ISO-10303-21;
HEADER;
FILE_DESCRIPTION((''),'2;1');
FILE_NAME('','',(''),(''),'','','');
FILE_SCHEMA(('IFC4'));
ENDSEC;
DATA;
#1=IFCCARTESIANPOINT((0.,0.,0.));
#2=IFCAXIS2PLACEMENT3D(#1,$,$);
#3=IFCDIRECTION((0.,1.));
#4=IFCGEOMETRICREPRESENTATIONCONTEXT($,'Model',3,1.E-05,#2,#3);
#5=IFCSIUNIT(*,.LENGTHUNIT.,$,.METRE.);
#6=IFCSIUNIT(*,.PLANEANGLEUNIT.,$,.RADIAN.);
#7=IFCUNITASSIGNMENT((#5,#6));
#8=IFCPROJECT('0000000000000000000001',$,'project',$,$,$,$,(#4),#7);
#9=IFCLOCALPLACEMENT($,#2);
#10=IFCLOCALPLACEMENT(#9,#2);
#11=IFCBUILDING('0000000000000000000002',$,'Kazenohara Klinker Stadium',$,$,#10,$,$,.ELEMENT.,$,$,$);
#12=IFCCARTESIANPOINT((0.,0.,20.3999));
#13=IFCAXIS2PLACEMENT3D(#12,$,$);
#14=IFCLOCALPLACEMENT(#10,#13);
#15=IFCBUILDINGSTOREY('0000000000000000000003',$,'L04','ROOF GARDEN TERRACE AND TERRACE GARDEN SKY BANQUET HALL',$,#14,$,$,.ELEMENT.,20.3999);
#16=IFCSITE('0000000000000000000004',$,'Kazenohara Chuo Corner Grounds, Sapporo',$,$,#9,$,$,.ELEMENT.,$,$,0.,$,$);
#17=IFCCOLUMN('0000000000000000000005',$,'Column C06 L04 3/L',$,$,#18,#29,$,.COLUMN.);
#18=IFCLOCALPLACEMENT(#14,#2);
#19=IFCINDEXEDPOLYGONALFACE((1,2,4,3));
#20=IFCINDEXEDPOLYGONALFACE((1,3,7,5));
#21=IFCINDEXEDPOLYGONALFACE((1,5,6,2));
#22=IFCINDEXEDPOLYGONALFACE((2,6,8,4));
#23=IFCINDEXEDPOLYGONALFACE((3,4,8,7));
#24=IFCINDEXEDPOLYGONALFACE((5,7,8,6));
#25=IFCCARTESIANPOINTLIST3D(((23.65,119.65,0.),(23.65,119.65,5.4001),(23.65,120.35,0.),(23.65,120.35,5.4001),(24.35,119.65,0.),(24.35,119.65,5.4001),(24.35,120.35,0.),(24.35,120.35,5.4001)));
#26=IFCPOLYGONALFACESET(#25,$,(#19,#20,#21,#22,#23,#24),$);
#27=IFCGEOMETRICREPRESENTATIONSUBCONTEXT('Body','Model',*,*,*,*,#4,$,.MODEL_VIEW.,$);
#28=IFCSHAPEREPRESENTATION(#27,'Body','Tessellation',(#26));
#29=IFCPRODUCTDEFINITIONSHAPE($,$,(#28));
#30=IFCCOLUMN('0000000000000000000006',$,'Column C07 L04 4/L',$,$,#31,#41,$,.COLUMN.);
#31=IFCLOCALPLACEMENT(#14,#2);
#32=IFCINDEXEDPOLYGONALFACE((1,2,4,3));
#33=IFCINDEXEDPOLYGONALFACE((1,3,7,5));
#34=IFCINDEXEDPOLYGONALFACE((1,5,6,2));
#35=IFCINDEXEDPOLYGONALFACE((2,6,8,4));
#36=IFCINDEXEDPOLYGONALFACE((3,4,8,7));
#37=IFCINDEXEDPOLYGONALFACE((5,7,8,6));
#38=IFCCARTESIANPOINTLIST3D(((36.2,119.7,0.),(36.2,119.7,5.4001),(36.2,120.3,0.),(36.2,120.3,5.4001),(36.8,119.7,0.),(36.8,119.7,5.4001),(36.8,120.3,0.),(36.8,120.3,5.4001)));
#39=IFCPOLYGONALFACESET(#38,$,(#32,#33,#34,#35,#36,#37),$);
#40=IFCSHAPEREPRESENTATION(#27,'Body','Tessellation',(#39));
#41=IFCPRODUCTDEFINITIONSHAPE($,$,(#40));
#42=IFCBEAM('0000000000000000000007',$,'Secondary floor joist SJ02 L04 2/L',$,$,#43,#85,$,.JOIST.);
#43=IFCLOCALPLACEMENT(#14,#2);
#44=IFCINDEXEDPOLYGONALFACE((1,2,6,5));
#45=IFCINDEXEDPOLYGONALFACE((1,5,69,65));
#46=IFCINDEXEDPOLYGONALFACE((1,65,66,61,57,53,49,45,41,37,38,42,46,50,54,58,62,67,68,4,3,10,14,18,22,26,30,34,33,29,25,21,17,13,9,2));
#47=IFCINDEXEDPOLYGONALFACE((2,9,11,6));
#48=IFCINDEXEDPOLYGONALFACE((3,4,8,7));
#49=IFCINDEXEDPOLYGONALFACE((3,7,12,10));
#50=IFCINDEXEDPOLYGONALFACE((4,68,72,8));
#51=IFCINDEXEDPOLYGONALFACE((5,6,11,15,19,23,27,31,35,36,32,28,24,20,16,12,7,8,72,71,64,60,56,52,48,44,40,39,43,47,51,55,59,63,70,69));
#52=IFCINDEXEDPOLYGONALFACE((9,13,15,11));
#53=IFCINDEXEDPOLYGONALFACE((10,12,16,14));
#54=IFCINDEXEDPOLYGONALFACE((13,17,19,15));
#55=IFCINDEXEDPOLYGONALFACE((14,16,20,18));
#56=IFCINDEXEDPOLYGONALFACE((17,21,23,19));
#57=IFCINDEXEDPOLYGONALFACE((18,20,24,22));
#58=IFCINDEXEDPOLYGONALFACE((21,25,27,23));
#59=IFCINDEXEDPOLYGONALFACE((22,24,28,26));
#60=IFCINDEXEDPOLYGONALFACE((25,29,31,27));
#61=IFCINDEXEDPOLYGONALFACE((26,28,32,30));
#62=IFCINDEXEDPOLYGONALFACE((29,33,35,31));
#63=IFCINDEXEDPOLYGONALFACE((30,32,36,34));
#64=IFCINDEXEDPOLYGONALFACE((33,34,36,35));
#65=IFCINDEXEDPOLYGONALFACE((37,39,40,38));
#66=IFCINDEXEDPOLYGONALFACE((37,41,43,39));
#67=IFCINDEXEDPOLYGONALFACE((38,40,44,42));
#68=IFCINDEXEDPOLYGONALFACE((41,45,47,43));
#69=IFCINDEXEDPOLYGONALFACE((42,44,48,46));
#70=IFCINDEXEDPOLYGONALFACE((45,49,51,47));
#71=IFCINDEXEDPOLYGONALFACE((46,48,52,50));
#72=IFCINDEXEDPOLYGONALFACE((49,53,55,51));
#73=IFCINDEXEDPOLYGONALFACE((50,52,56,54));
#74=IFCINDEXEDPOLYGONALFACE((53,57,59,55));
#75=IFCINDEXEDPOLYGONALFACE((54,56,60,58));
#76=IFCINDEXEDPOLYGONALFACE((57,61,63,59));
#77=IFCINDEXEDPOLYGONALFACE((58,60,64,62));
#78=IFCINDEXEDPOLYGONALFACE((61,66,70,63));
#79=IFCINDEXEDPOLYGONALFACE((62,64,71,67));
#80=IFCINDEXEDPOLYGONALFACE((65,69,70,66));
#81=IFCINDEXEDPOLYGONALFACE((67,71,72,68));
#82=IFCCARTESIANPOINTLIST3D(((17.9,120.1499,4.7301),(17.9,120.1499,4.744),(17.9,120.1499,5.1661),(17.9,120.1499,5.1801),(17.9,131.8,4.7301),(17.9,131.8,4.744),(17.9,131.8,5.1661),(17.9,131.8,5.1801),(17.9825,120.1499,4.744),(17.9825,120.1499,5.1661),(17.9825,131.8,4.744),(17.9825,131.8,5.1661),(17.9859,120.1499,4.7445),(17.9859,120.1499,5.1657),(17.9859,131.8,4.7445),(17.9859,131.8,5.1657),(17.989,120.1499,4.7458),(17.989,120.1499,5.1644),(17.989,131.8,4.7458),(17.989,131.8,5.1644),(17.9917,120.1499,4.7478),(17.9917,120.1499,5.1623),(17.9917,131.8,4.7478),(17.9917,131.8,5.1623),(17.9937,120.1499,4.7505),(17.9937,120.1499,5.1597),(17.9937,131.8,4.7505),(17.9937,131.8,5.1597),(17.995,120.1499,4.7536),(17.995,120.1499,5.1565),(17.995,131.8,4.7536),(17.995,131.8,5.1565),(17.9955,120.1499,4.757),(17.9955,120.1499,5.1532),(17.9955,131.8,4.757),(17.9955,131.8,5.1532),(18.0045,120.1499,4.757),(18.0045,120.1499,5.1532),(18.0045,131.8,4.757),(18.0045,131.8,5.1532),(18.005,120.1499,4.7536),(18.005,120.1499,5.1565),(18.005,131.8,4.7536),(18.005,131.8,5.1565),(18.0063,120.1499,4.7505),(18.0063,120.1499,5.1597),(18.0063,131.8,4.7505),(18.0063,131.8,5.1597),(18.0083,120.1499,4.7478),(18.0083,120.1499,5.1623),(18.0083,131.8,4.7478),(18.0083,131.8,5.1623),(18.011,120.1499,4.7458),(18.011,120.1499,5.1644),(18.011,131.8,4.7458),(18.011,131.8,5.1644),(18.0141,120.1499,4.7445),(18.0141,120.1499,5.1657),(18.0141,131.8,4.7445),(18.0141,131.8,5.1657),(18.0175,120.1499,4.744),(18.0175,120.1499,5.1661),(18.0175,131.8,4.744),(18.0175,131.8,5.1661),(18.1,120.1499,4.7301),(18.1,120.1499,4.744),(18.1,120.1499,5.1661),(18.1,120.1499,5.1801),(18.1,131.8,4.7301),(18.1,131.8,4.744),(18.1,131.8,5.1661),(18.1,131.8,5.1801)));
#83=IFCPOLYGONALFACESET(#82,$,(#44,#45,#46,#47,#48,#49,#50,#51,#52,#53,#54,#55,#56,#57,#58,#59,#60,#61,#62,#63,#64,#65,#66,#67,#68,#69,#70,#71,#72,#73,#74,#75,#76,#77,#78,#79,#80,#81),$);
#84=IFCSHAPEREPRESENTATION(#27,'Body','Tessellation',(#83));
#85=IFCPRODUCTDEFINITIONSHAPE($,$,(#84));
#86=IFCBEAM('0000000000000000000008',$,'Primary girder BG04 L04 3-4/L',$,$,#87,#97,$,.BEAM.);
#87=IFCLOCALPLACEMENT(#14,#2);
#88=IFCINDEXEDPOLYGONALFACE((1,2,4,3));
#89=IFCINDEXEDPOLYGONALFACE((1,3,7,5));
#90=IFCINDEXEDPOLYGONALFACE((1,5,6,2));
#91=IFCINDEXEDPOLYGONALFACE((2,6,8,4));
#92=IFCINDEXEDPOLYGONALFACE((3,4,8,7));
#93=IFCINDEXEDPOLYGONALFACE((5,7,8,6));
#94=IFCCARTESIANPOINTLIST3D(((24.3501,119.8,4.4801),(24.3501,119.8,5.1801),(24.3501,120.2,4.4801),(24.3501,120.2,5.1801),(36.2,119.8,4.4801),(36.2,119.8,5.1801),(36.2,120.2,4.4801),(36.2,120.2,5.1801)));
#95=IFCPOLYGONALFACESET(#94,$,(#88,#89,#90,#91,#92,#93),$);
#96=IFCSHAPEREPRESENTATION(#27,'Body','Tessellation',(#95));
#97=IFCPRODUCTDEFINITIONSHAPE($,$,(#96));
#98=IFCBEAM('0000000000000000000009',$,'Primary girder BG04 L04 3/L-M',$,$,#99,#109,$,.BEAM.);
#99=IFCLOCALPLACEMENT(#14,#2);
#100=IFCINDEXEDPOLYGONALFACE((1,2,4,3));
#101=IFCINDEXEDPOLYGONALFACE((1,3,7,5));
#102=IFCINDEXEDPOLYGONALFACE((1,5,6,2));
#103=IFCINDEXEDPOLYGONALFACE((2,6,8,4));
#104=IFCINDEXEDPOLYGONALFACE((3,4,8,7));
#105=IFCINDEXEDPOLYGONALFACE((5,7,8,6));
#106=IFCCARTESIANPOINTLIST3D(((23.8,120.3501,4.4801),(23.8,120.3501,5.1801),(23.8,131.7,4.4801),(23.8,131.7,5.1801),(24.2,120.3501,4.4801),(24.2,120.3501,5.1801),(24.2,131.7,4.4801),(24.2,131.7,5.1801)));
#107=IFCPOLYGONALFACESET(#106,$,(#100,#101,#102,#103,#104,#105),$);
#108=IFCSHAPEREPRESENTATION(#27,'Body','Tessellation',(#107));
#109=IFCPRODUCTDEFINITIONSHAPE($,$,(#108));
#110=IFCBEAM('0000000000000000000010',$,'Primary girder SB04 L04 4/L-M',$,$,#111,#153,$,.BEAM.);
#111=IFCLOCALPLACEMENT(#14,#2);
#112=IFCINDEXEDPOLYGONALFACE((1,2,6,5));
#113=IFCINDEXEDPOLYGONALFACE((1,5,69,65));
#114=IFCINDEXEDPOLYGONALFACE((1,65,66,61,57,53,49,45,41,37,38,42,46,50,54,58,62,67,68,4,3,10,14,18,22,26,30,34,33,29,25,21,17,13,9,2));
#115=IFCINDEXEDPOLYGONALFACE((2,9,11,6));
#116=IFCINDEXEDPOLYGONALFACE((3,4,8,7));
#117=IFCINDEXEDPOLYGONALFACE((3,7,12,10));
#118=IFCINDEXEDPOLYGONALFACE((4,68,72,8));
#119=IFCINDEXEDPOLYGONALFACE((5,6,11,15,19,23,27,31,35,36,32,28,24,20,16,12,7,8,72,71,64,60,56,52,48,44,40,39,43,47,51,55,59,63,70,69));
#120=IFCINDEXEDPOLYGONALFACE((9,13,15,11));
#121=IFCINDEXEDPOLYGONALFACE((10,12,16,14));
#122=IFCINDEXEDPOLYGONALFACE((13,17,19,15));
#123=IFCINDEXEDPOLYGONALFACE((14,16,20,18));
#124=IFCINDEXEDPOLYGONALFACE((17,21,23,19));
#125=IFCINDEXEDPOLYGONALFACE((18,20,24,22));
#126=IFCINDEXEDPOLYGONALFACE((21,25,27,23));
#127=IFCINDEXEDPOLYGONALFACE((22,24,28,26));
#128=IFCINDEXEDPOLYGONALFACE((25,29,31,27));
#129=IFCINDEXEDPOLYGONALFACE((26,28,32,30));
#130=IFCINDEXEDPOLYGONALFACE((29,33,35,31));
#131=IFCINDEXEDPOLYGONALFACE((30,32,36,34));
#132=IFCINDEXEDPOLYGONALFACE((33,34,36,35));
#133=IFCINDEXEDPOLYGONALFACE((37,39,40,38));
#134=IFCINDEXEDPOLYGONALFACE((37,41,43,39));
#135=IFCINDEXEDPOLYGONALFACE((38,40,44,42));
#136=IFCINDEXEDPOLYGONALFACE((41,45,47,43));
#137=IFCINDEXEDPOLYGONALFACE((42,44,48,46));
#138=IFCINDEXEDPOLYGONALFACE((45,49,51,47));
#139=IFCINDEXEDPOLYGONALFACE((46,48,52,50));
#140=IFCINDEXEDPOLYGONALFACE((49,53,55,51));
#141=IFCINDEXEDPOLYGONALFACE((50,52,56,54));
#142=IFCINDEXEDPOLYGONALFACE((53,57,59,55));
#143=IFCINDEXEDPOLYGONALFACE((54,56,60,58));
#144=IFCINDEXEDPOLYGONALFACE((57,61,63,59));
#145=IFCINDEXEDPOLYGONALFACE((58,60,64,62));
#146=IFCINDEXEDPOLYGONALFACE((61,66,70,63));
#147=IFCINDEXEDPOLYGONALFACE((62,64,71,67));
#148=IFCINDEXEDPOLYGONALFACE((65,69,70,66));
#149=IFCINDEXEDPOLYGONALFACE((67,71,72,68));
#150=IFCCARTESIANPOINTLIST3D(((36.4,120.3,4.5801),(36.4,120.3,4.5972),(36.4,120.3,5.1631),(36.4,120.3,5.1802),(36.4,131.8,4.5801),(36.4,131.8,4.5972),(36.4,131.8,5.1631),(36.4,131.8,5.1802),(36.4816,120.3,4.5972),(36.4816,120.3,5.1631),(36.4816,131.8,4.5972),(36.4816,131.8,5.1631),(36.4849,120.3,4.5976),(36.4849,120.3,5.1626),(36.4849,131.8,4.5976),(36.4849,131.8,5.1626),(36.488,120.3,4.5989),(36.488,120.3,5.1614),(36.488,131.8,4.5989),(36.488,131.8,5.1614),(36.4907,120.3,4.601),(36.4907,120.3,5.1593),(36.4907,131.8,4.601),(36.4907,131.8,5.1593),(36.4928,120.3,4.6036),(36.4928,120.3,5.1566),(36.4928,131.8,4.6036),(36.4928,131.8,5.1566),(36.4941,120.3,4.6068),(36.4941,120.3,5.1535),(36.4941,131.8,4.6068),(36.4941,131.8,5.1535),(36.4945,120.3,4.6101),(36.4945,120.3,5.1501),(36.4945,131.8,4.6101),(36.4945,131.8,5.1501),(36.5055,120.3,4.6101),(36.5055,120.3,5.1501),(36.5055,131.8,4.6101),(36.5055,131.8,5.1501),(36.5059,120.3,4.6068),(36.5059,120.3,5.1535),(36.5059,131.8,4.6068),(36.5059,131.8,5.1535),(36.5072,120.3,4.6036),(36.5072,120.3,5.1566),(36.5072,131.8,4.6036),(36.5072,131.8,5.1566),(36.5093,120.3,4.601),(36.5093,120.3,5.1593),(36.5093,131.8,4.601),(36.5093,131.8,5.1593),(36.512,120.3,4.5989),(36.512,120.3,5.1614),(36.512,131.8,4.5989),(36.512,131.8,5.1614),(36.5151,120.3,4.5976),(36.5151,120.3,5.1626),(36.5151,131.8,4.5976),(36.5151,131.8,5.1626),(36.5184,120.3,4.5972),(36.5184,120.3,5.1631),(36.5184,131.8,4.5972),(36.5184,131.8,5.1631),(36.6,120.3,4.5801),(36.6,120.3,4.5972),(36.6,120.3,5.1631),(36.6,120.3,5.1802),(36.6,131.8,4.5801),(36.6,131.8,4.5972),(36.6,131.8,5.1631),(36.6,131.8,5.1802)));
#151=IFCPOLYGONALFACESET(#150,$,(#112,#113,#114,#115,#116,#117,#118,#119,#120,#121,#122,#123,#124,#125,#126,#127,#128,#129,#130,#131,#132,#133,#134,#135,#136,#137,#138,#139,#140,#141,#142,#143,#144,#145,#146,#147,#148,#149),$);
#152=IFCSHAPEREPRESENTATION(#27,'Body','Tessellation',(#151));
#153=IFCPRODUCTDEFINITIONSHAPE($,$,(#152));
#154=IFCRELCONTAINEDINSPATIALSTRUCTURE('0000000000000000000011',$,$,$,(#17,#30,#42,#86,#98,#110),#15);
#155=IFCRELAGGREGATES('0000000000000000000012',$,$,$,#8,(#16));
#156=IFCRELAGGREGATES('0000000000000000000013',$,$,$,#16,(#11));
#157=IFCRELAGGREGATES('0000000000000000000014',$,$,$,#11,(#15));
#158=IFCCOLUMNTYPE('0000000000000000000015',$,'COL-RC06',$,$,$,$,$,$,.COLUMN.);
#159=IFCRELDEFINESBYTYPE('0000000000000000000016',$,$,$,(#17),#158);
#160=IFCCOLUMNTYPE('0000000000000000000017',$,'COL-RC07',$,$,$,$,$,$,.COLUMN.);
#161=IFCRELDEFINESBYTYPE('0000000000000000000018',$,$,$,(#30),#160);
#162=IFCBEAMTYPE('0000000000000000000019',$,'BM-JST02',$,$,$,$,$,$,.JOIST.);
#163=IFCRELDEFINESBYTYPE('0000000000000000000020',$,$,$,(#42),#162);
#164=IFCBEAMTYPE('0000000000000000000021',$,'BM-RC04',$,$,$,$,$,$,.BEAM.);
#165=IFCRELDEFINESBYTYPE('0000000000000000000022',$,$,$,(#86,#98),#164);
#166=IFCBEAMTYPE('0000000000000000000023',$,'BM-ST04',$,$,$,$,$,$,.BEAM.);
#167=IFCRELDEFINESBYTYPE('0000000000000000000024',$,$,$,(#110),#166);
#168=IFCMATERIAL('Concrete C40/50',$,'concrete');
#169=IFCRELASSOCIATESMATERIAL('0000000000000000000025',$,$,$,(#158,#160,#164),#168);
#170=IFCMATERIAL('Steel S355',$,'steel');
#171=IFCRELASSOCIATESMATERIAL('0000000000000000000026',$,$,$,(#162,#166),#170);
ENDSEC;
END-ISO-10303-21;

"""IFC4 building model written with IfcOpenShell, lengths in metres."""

from ifc_helpers import new_model, si_unit, direction, frame, origin, origin_2d, place, context, subcontext, project, spatial, rectangle, i_section, extrude, material, material_profile, profile_set, type_object, element, save


model = new_model("IFC4")

# Units and contexts
model_context = context("Model", 3, precision=1e-05, world=origin(), true_north=direction((0.0, 1.0)))
body_context = subcontext(model_context, "Body", "Model", "MODEL_VIEW")
ifc_project = project(units=[si_unit("LENGTHUNIT", "METRE"), si_unit("PLANEANGLEUNIT", "RADIAN")], contexts=[model_context])

# Site, building, storey
site_placement = place(None, origin())
site = spatial("IfcSite", under=ifc_project, at=site_placement, Name="Kazenohara Chuo Corner Grounds, Sapporo", CompositionType="ELEMENT", RefElevation=0.0)
building_placement = place(site_placement, origin())
building = spatial("IfcBuilding", under=site, at=building_placement, Name="Kazenohara Klinker Stadium", CompositionType="ELEMENT")
storey_placement = place(building_placement, frame((0.0, 0.0, 20.3999)))
storey = spatial("IfcBuildingStorey", under=building, at=storey_placement, Name="L04", Description="ROOF GARDEN TERRACE AND TERRACE GARDEN SKY BANQUET HALL", CompositionType="ELEMENT", Elevation=20.3999)

# Columns
ifc_material_1 = material(Name="Concrete C40/50", Category="concrete")
ifc_material_profile_1 = material_profile(ifc_material_1, rectangle(XDim=0.7, YDim=0.7, at=origin_2d()), Name="RC-COL-700x700")
ifc_profile_set_1 = profile_set([ifc_material_profile_1], Name="Concrete C40/50")
column_type_1 = type_object("IfcColumnType", Name="COL-RC06", PredefinedType="COLUMN", material=ifc_profile_set_1)
column_1_placement = place(storey_placement, frame((24.0, 120.0, 0.0), z_axis=(0.0, 0.0, 1.0), x_axis=(1.0, 0.0, 0.0)))
element("IfcColumn", 1, at=column_1_placement, inside=storey, type_object=column_type_1, Name="Column C06 L04 3/L", PredefinedType="COLUMN", context=body_context, shape_type="SweptSolid", body=[
    extrude(rectangle(XDim=0.7, YDim=0.7, at=origin_2d()), origin(), (0.0, 0.0, 1.0), 5.4001),
])
ifc_material_profile_2 = material_profile(ifc_material_1, rectangle(XDim=0.6001, YDim=0.6001, at=origin_2d()), Name="RC-COL-600x600")
ifc_profile_set_2 = profile_set([ifc_material_profile_2], Name="Concrete C40/50")
column_type_2 = type_object("IfcColumnType", Name="COL-RC07", PredefinedType="COLUMN", material=ifc_profile_set_2)
column_2_placement = place(storey_placement, frame((36.5, 120.0, 0.0), z_axis=(0.0, 0.0, 1.0), x_axis=(1.0, 0.0, 0.0)))
element("IfcColumn", 2, at=column_2_placement, inside=storey, type_object=column_type_2, Name="Column C07 L04 4/L", PredefinedType="COLUMN", context=body_context, shape_type="SweptSolid", body=[
    extrude(rectangle(XDim=0.6001, YDim=0.6001, at=origin_2d()), origin(), (0.0, 0.0, 1.0), 5.4001),
])

# Beams
ifc_material_2 = material(Name="Steel S355", Category="steel")
ifc_material_profile_3 = material_profile(ifc_material_2, i_section(OverallWidth=0.2, OverallDepth=0.45, WebThickness=0.009, FlangeThickness=0.0139, FilletRadius=0.0129, at=origin_2d()), Name="H-450x200x9x14")
ifc_profile_set_3 = profile_set([ifc_material_profile_3], Name="Steel S355")
beam_type_1 = type_object("IfcBeamType", Name="BM-JST02", PredefinedType="JOIST", material=ifc_profile_set_3)
beam_1_placement = place(storey_placement, frame((18.0, 120.1499, 4.9551), z_axis=(0.0, 1.0, 0.0), x_axis=(-1.0, 0.0, 0.0)))
element("IfcBeam", 3, at=beam_1_placement, inside=storey, type_object=beam_type_1, Name="Secondary floor joist SJ02 L04 2/L", PredefinedType="JOIST", context=body_context, shape_type="SweptSolid", body=[
    extrude(i_section(OverallWidth=0.2, OverallDepth=0.45, WebThickness=0.009, FlangeThickness=0.0139, FilletRadius=0.0129, at=origin_2d()), origin(), (0.0, 0.0, 1.0), 11.6501),
])
ifc_material_profile_4 = material_profile(ifc_material_1, rectangle(XDim=0.3999, YDim=0.7, at=origin_2d()), Name="RC-BM-400x700")
ifc_profile_set_4 = profile_set([ifc_material_profile_4], Name="Concrete C40/50")
beam_type_2 = type_object("IfcBeamType", Name="BM-RC04", PredefinedType="BEAM", material=ifc_profile_set_4)
beam_2_placement = place(storey_placement, frame((24.3501, 120.0, 4.8301), z_axis=(1.0, 0.0, 0.0), x_axis=(0.0, 1.0, 0.0)))
element("IfcBeam", 4, at=beam_2_placement, inside=storey, type_object=beam_type_2, Name="Primary girder BG04 L04 3-4/L", PredefinedType="BEAM", context=body_context, shape_type="SweptSolid", body=[
    extrude(rectangle(XDim=0.3999, YDim=0.7, at=origin_2d()), origin(), (0.0, 0.0, 1.0), 11.8499),
])
beam_3_placement = place(storey_placement, frame((24.0, 120.3501, 4.8301), z_axis=(0.0, 1.0, 0.0), x_axis=(-1.0, 0.0, 0.0)))
element("IfcBeam", 5, at=beam_3_placement, inside=storey, type_object=beam_type_2, Name="Primary girder BG04 L04 3/L-M", PredefinedType="BEAM", context=body_context, shape_type="SweptSolid", body=[
    extrude(rectangle(XDim=0.3999, YDim=0.7, at=origin_2d()), origin(), (0.0, 0.0, 1.0), 11.3499),
])
ifc_material_profile_5 = material_profile(ifc_material_2, i_section(OverallWidth=0.2, OverallDepth=0.6001, WebThickness=0.011, FlangeThickness=0.0171, FilletRadius=0.0129, at=origin_2d()), Name="H-600x200x11x17")
ifc_profile_set_5 = profile_set([ifc_material_profile_5], Name="Steel S355")
beam_type_3 = type_object("IfcBeamType", Name="BM-ST04", PredefinedType="BEAM", material=ifc_profile_set_5)
beam_4_placement = place(storey_placement, frame((36.5, 120.3, 4.8801), z_axis=(0.0, 1.0, 0.0), x_axis=(-1.0, 0.0, 0.0)))
element("IfcBeam", 6, at=beam_4_placement, inside=storey, type_object=beam_type_3, Name="Primary girder SB04 L04 4/L-M", PredefinedType="BEAM", context=body_context, shape_type="SweptSolid", body=[
    extrude(i_section(OverallWidth=0.2, OverallDepth=0.6001, WebThickness=0.011, FlangeThickness=0.0171, FilletRadius=0.0129, at=origin_2d()), origin(), (0.0, 0.0, 1.0), 11.5),
])

save(model, "model.ifc")
